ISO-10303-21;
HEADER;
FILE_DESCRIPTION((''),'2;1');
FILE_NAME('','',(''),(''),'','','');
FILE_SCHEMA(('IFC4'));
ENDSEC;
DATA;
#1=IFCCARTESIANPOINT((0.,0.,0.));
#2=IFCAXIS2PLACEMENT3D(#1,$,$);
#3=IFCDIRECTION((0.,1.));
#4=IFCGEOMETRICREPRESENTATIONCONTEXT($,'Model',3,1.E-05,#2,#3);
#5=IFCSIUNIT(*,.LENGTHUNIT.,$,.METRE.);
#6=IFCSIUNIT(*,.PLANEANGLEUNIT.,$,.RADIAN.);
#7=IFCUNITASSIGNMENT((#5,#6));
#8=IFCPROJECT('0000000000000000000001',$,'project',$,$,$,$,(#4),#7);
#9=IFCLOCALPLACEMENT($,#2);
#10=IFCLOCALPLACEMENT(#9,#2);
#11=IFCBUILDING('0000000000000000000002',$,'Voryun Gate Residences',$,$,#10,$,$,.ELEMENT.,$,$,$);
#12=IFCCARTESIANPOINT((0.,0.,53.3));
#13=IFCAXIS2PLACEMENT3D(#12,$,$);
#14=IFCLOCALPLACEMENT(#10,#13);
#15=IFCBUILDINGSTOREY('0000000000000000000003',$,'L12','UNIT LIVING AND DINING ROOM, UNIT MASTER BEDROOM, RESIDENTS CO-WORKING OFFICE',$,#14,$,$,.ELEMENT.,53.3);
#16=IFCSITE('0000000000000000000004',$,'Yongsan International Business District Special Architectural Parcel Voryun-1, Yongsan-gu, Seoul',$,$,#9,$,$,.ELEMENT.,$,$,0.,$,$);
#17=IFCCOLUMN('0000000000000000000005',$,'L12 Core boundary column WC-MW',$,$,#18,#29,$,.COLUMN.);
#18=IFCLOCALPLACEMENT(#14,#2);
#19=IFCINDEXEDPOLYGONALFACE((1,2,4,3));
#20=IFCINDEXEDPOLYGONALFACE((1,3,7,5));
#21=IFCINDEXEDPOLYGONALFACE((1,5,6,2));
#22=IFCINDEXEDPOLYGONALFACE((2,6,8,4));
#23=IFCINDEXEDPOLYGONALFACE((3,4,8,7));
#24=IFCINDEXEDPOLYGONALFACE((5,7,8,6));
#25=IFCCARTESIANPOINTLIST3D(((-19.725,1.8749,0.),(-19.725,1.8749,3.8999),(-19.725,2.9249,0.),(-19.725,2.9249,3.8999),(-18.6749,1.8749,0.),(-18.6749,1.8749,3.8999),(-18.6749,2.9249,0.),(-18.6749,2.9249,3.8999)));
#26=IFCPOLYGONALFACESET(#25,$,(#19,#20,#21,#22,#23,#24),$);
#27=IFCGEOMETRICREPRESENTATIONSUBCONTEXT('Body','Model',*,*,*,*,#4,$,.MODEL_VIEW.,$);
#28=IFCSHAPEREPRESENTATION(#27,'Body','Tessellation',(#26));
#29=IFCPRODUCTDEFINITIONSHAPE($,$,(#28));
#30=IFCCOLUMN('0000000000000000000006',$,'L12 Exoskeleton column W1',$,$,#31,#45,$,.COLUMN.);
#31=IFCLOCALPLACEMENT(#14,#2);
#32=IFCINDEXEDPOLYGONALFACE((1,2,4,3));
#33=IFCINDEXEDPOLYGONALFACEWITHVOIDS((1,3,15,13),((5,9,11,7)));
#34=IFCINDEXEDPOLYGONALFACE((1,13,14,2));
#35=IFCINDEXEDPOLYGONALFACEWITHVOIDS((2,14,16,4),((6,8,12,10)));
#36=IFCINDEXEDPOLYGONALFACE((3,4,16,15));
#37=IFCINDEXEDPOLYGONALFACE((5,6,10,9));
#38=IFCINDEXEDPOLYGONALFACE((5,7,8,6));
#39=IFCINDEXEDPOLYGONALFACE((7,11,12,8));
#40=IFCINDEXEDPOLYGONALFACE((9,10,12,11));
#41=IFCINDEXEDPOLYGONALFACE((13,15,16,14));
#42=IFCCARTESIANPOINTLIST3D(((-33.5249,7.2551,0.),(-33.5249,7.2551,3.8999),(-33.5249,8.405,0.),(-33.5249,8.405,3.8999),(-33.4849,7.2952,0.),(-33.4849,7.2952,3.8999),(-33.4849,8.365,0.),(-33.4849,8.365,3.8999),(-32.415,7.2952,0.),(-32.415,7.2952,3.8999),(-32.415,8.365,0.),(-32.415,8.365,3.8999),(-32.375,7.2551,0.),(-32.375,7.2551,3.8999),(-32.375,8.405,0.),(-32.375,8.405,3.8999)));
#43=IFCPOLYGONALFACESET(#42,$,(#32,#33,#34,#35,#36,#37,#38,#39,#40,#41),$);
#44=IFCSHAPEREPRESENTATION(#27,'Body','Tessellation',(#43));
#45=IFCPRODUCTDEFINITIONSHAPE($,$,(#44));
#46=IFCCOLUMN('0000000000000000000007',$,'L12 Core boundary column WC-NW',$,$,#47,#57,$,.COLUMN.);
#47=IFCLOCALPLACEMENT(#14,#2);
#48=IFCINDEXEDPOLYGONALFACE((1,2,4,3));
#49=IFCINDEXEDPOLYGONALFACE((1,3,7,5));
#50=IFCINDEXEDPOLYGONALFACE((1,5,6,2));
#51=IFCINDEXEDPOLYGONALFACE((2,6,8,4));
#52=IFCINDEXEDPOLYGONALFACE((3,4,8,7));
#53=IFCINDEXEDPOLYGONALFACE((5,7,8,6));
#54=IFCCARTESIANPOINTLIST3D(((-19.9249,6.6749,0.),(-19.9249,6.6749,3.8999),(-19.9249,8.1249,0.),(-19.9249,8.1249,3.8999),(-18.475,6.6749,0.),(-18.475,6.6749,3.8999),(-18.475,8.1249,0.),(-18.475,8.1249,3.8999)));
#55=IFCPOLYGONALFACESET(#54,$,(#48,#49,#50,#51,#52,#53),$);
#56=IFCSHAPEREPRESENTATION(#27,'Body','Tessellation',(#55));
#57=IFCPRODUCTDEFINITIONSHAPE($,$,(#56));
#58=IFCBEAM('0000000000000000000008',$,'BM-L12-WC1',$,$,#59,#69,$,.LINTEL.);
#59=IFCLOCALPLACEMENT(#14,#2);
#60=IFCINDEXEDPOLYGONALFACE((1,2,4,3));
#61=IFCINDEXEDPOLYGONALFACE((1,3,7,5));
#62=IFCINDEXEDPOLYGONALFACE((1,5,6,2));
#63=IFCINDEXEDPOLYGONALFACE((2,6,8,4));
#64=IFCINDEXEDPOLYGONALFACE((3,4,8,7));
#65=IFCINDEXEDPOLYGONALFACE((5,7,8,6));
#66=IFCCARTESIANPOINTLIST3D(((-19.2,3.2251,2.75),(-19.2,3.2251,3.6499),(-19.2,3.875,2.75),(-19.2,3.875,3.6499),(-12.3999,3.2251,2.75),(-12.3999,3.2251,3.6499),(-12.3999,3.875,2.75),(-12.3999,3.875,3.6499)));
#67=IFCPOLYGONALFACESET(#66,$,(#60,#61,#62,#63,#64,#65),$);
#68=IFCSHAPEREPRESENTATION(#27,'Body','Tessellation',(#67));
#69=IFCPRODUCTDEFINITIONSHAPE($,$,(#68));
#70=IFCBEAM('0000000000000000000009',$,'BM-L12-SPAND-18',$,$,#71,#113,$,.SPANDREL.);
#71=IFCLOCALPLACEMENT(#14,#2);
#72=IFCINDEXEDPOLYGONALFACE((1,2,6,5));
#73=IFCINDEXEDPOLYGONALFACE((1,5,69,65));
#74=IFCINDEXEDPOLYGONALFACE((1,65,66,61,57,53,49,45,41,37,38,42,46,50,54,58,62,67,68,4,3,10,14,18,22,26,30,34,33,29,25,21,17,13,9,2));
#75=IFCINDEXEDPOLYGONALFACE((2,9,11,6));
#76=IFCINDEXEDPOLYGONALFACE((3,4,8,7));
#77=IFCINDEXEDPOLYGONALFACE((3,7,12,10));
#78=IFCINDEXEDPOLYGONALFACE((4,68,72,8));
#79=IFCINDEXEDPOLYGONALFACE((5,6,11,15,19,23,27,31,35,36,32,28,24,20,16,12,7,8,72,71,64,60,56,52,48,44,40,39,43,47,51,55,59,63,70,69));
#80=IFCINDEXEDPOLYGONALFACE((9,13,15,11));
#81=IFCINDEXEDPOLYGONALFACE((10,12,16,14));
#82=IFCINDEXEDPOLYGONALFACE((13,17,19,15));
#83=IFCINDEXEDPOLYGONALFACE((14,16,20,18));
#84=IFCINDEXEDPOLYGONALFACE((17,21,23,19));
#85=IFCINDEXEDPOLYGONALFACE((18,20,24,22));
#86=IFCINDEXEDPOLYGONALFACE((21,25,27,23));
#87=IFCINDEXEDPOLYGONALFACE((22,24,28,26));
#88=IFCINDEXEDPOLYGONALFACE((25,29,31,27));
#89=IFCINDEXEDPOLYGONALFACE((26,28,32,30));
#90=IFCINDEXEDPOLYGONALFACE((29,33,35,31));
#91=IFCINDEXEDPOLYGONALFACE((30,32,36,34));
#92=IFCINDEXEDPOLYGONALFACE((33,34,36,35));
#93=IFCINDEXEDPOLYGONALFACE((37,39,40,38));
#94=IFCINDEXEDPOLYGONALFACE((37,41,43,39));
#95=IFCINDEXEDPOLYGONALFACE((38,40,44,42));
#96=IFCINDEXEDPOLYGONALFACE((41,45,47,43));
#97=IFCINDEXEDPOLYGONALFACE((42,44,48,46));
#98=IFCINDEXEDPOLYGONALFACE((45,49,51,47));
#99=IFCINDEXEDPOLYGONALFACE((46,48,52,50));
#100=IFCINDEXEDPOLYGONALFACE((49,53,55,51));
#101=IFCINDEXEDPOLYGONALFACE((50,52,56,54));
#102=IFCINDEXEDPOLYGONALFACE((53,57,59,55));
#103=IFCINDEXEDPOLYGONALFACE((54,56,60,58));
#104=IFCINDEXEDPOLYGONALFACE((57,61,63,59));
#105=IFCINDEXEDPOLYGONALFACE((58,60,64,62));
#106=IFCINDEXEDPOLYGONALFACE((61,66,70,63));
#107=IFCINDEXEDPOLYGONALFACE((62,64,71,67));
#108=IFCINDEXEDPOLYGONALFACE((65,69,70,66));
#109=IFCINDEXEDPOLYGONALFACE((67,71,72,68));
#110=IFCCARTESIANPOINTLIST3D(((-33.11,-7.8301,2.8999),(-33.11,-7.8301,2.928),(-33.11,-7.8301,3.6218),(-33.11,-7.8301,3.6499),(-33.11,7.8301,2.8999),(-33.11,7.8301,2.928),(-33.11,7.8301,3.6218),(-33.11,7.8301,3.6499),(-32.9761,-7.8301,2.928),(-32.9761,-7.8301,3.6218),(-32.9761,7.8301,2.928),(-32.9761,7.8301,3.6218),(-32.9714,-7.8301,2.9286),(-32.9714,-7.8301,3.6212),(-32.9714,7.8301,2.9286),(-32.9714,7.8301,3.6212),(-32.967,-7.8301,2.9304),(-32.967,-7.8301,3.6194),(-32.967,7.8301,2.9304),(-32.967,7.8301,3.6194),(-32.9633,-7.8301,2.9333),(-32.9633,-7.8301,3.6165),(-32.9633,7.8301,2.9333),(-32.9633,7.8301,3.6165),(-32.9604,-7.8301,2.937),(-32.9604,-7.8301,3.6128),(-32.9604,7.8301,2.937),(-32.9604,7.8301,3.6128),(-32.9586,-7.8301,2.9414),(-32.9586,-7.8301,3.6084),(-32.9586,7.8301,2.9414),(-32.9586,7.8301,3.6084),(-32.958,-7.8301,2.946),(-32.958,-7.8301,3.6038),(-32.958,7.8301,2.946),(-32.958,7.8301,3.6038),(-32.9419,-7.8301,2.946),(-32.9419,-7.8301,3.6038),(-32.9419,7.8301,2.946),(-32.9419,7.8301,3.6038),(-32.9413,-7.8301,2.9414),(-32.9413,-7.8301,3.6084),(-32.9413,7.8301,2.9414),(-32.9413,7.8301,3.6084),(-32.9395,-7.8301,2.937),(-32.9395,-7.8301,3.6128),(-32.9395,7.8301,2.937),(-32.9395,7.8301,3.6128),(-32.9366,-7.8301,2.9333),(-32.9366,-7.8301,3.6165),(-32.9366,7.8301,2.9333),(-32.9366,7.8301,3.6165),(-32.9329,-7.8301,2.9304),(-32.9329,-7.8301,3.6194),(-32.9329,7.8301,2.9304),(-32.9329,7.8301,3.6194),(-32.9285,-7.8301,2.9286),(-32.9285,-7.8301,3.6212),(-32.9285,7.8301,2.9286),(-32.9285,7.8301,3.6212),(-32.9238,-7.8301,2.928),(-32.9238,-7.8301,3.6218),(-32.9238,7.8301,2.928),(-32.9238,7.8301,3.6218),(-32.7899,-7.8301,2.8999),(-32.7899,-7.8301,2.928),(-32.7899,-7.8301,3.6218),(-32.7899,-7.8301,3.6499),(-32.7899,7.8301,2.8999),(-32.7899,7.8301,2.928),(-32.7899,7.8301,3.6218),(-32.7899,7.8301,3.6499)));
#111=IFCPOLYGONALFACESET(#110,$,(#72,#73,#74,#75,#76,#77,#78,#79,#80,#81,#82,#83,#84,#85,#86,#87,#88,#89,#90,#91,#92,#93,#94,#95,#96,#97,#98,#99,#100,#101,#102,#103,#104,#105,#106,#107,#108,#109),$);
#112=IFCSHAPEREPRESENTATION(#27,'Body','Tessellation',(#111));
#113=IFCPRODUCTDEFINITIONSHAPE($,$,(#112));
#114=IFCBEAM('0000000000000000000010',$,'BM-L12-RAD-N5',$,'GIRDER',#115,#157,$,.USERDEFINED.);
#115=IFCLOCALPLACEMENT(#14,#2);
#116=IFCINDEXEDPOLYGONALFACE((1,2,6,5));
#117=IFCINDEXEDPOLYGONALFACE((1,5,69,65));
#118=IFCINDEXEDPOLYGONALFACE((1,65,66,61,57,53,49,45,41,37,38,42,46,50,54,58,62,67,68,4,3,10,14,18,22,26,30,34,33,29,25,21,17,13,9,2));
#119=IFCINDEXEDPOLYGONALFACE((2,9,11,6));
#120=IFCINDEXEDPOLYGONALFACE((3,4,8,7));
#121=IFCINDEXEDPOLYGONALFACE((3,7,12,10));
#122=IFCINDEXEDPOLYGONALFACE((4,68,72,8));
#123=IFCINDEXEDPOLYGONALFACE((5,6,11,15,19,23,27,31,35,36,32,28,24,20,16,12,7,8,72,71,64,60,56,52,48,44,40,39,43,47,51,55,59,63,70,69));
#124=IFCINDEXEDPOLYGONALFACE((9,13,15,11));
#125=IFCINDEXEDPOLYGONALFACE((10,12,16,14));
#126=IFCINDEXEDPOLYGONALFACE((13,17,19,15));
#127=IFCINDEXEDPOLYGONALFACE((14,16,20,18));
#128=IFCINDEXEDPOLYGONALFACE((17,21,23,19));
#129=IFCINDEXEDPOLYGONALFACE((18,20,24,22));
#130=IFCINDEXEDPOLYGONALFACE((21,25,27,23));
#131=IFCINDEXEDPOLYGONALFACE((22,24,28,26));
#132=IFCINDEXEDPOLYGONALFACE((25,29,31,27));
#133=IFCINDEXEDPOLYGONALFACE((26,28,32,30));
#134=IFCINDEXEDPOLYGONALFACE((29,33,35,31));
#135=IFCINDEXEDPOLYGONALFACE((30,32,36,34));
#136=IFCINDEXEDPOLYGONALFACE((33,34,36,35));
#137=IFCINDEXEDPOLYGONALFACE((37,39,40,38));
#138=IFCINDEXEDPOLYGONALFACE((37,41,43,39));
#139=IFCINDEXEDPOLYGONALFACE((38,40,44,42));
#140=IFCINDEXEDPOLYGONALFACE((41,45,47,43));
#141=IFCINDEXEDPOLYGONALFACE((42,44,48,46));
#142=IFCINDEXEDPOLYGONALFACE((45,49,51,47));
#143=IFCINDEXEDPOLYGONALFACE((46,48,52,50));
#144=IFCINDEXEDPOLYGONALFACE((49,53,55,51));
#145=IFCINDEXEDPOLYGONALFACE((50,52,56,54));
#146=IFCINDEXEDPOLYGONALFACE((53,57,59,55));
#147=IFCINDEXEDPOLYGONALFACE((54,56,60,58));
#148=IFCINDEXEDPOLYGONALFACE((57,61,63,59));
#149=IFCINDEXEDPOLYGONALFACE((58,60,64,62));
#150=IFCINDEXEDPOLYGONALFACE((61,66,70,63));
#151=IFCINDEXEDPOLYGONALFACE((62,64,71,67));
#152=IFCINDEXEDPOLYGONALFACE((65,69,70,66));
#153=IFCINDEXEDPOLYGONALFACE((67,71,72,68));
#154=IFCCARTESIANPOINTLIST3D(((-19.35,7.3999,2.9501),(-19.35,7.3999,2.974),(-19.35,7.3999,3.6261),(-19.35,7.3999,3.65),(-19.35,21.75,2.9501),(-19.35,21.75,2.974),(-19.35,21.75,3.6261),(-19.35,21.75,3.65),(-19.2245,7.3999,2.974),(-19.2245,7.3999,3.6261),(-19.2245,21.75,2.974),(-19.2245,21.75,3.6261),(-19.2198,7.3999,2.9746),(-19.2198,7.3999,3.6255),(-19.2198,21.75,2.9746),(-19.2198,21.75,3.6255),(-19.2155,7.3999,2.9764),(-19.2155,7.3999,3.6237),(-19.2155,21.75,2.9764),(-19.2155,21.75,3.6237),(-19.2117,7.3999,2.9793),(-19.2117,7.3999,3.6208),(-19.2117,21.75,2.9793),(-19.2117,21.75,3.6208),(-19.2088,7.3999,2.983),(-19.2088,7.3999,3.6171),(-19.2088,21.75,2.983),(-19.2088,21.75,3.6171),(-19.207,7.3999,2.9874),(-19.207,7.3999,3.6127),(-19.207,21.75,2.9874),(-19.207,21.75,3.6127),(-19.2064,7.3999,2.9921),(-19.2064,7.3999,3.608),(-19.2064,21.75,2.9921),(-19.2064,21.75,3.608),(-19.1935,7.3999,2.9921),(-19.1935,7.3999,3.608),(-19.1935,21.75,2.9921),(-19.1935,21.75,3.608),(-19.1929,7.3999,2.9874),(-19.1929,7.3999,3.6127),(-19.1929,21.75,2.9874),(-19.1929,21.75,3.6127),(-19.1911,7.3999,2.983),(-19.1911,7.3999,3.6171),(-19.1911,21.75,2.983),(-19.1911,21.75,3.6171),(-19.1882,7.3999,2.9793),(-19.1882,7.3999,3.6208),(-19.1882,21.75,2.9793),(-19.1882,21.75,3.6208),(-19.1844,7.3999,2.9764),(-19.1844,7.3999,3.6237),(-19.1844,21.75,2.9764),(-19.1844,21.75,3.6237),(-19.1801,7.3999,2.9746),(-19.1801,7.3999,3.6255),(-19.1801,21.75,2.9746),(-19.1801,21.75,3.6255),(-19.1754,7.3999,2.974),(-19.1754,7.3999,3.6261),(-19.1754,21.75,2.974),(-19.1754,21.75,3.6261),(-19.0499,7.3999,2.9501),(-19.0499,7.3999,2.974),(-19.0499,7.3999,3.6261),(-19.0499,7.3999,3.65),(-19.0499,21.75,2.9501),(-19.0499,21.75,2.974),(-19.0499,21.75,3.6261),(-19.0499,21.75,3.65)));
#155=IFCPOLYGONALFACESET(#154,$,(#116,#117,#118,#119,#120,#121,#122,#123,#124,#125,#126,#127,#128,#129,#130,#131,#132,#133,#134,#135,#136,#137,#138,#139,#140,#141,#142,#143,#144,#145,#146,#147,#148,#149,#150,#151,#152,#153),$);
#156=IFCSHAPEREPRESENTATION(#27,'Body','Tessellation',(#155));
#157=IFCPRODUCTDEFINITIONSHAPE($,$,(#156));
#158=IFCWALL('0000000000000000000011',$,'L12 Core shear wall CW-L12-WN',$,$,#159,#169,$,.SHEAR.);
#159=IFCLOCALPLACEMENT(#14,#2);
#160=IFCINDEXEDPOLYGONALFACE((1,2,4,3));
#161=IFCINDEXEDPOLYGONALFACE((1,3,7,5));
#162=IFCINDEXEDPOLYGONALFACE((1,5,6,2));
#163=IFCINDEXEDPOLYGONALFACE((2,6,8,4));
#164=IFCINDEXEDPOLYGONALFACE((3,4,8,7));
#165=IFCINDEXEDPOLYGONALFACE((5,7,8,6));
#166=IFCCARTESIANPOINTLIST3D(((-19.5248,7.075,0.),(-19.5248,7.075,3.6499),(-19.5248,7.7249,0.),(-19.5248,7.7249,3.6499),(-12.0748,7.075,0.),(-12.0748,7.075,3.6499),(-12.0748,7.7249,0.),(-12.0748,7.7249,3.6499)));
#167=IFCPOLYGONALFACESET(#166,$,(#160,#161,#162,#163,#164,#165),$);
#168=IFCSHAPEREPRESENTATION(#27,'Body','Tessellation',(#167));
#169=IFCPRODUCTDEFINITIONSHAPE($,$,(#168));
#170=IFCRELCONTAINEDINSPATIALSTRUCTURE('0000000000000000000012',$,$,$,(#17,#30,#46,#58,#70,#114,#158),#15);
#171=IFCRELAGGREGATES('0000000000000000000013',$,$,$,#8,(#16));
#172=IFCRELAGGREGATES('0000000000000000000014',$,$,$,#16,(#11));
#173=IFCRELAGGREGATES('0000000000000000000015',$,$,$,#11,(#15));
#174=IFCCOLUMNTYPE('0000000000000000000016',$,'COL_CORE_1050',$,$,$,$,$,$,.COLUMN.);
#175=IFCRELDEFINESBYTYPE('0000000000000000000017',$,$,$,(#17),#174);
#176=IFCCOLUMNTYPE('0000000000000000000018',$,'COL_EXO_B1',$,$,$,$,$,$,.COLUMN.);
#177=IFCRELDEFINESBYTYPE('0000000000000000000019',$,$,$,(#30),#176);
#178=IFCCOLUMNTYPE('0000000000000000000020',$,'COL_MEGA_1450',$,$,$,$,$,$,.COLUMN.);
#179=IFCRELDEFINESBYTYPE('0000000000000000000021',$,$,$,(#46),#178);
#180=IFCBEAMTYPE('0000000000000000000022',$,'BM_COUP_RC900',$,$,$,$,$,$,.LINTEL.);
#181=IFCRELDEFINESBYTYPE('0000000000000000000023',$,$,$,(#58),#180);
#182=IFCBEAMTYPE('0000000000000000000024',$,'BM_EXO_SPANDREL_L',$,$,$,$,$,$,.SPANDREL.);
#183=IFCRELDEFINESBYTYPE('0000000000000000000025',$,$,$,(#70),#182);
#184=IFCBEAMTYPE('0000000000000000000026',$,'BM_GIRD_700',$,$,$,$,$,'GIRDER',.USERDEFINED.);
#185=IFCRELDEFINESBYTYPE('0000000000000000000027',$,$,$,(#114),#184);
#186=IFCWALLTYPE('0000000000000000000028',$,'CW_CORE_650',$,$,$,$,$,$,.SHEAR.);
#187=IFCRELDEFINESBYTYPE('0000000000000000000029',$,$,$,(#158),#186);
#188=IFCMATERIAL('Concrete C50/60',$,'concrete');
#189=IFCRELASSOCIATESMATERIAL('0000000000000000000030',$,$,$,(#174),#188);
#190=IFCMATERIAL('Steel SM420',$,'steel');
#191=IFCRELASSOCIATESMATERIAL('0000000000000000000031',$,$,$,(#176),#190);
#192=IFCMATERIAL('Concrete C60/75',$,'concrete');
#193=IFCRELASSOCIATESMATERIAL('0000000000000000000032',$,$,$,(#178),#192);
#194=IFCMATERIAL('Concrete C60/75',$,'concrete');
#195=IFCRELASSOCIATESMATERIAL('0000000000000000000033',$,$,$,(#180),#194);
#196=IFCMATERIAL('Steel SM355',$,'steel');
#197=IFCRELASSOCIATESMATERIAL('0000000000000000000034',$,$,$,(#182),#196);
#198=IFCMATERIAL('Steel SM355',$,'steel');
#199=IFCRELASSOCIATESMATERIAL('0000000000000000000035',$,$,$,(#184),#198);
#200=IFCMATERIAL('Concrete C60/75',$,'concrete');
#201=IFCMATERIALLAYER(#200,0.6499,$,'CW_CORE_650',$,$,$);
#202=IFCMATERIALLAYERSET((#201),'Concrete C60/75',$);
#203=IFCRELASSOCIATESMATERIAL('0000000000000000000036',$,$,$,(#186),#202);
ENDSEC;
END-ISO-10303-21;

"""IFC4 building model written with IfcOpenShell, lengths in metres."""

from ifc_helpers import new_model, si_unit, direction, frame, frame_2d, origin, origin_2d, place, context, subcontext, project, spatial, rectangle, hollow_rectangle, i_section, extrude, material, layer, layer_set, material_profile, profile_set, type_object, element, save


model = new_model("IFC4")

# Units and contexts
model_context = context("Model", 3, precision=1e-05, world=origin(), true_north=direction((0.0, 1.0)))
body_context = subcontext(model_context, "Body", "Model", "MODEL_VIEW")
ifc_project = project(units=[si_unit("LENGTHUNIT", "METRE"), si_unit("PLANEANGLEUNIT", "RADIAN")], contexts=[model_context])

# Site, building, storey
site_placement = place(None, origin())
site = spatial("IfcSite", under=ifc_project, at=site_placement, Name="Yongsan International Business District Special Architectural Parcel Voryun-1, Yongsan-gu, Seoul", CompositionType="ELEMENT", RefElevation=0.0)
building_placement = place(site_placement, origin())
building = spatial("IfcBuilding", under=site, at=building_placement, Name="Voryun Gate Residences", CompositionType="ELEMENT")
storey_placement = place(building_placement, frame((0.0, 0.0, 53.3)))
storey = spatial("IfcBuildingStorey", under=building, at=storey_placement, Name="L12", Description="UNIT LIVING AND DINING ROOM, UNIT MASTER BEDROOM, RESIDENTS CO-WORKING OFFICE", CompositionType="ELEMENT", Elevation=53.3)

# Columns
ifc_material_1 = material(Name="Concrete C50/60", Category="concrete")
ifc_material_profile_1 = material_profile(ifc_material_1, rectangle(XDim=1.05, YDim=1.05, at=origin_2d()), Name="RC-1050x1050")
ifc_profile_set_1 = profile_set([ifc_material_profile_1], Name="Concrete C50/60")
column_type_1 = type_object("IfcColumnType", Name="COL_CORE_1050", PredefinedType="COLUMN", material=ifc_profile_set_1)
column_1_placement = place(storey_placement, frame((-19.2, 2.3999, 0.0), z_axis=(0.0, 0.0, 1.0), x_axis=(1.0, 0.0, 0.0)))
element("IfcColumn", 1, at=column_1_placement, inside=storey, type_object=column_type_1, Name="L12 Core boundary column WC-MW", PredefinedType="COLUMN", context=body_context, shape_type="SweptSolid", body=[
    extrude(rectangle(XDim=1.05, YDim=1.05, at=origin_2d()), origin(), (0.0, 0.0, 1.0), 3.8999),
])
ifc_material_2 = material(Name="Steel SM420", Category="steel")
ifc_material_profile_2 = material_profile(ifc_material_2, hollow_rectangle(XDim=1.1499, YDim=1.1499, WallThickness=0.04, at=origin_2d()), Name="BOX-1150x1150x40")
ifc_profile_set_2 = profile_set([ifc_material_profile_2], Name="Steel SM420")
column_type_2 = type_object("IfcColumnType", Name="COL_EXO_B1", PredefinedType="COLUMN", material=ifc_profile_set_2)
column_2_placement = place(storey_placement, frame((-32.95, 7.8301, 0.0), z_axis=(0.0, 0.0, 1.0), x_axis=(1.0, 0.0, 0.0)))
element("IfcColumn", 2, at=column_2_placement, inside=storey, type_object=column_type_2, Name="L12 Exoskeleton column W1", PredefinedType="COLUMN", context=body_context, shape_type="SweptSolid", body=[
    extrude(hollow_rectangle(XDim=1.1499, YDim=1.1499, WallThickness=0.04, at=origin_2d()), origin(), (0.0, 0.0, 1.0), 3.8999),
])
ifc_material_3 = material(Name="Concrete C60/75", Category="concrete")
ifc_material_profile_3 = material_profile(ifc_material_3, rectangle(XDim=1.45, YDim=1.45, at=origin_2d()), Name="RC-1450x1450")
ifc_profile_set_3 = profile_set([ifc_material_profile_3], Name="Concrete C60/75")
column_type_3 = type_object("IfcColumnType", Name="COL_MEGA_1450", PredefinedType="COLUMN", material=ifc_profile_set_3)
column_3_placement = place(storey_placement, frame((-19.2, 7.3999, 0.0), z_axis=(0.0, 0.0, 1.0), x_axis=(1.0, 0.0, 0.0)))
element("IfcColumn", 3, at=column_3_placement, inside=storey, type_object=column_type_3, Name="L12 Core boundary column WC-NW", PredefinedType="COLUMN", context=body_context, shape_type="SweptSolid", body=[
    extrude(rectangle(XDim=1.45, YDim=1.45, at=origin_2d()), origin(), (0.0, 0.0, 1.0), 3.8999),
])

# Beams
ifc_material_4 = material(Name="Concrete C60/75", Category="concrete")
ifc_material_profile_4 = material_profile(ifc_material_4, rectangle(XDim=0.6499, YDim=0.8999, at=origin_2d()), Name="RC-650x900")
ifc_profile_set_4 = profile_set([ifc_material_profile_4], Name="Concrete C60/75")
beam_type_1 = type_object("IfcBeamType", Name="BM_COUP_RC900", PredefinedType="LINTEL", material=ifc_profile_set_4)
beam_1_placement = place(storey_placement, frame((-19.2, 3.55, 3.2), z_axis=(1.0, 0.0, 0.0), x_axis=(0.0, 1.0, 0.0)))
element("IfcBeam", 4, at=beam_1_placement, inside=storey, type_object=beam_type_1, Name="BM-L12-WC1", PredefinedType="LINTEL", context=body_context, shape_type="SweptSolid", body=[
    extrude(rectangle(XDim=0.6499, YDim=0.8999, at=origin_2d()), origin(), (0.0, 0.0, 1.0), 6.8),
])
ifc_material_5 = material(Name="Steel SM355", Category="steel")
ifc_material_profile_5 = material_profile(ifc_material_5, i_section(OverallWidth=0.3201, OverallDepth=0.75, WebThickness=0.0161, FlangeThickness=0.0281, FilletRadius=0.0181, at=origin_2d()), Name="H-750x320x16x28")
ifc_profile_set_5 = profile_set([ifc_material_profile_5], Name="Steel SM355")
beam_type_2 = type_object("IfcBeamType", Name="BM_EXO_SPANDREL_L", PredefinedType="SPANDREL", material=ifc_profile_set_5)
beam_2_placement = place(storey_placement, frame((-32.95, 7.8301, 3.2749), z_axis=(0.0, -1.0, 0.0), x_axis=(1.0, 0.0, 0.0)))
element("IfcBeam", 5, at=beam_2_placement, inside=storey, type_object=beam_type_2, Name="BM-L12-SPAND-18", PredefinedType="SPANDREL", context=body_context, shape_type="SweptSolid", body=[
    extrude(i_section(OverallWidth=0.3201, OverallDepth=0.75, WebThickness=0.0161, FlangeThickness=0.0281, FilletRadius=0.0181, at=origin_2d()), origin(), (0.0, 0.0, 1.0), 15.6602),
])
ifc_material_6 = material(Name="Steel SM355", Category="steel")
ifc_material_profile_6 = material_profile(ifc_material_6, i_section(OverallWidth=0.3, OverallDepth=0.7, WebThickness=0.0129, FlangeThickness=0.0239, FilletRadius=0.0181, at=origin_2d()), Name="H-700x300x13x24")
ifc_profile_set_6 = profile_set([ifc_material_profile_6], Name="Steel SM355")
beam_type_3 = type_object("IfcBeamType", Name="BM_GIRD_700", ElementType="GIRDER", PredefinedType="USERDEFINED", material=ifc_profile_set_6)
beam_3_placement = place(storey_placement, frame((-19.2, 7.3999, 3.3), z_axis=(0.0, 1.0, 0.0), x_axis=(-1.0, 0.0, 0.0)))
element("IfcBeam", 6, at=beam_3_placement, inside=storey, type_object=beam_type_3, Name="BM-L12-RAD-N5", ObjectType="GIRDER", PredefinedType="USERDEFINED", context=body_context, shape_type="SweptSolid", body=[
    extrude(i_section(OverallWidth=0.3, OverallDepth=0.7, WebThickness=0.0129, FlangeThickness=0.0239, FilletRadius=0.0181, at=origin_2d()), origin(), (0.0, 0.0, 1.0), 14.3501),
])

# Wall
ifc_material_7 = material(Name="Concrete C60/75", Category="concrete")
ifc_layer_1 = layer(ifc_material_7, 0.6499, Name="CW_CORE_650")
ifc_layer_set_1 = layer_set([ifc_layer_1], Name="Concrete C60/75")
wall_type_1 = type_object("IfcWallType", Name="CW_CORE_650", PredefinedType="SHEAR", material=ifc_layer_set_1)
wall_1_placement = place(storey_placement, frame((-19.5249, 7.3999, 0.0), z_axis=(0.0, 0.0, 1.0), x_axis=(1.0, 0.0, 0.0)))
element("IfcWall", 7, at=wall_1_placement, inside=storey, type_object=wall_type_1, Name="L12 Core shear wall CW-L12-WN", PredefinedType="SHEAR", context=body_context, shape_type="SweptSolid", body=[
    extrude(rectangle(XDim=7.45, YDim=0.6499, at=frame_2d((3.7251, 0.0))), origin(), (0.0, 0.0, 1.0), 3.6499),
])

save(model, "model.ifc")
